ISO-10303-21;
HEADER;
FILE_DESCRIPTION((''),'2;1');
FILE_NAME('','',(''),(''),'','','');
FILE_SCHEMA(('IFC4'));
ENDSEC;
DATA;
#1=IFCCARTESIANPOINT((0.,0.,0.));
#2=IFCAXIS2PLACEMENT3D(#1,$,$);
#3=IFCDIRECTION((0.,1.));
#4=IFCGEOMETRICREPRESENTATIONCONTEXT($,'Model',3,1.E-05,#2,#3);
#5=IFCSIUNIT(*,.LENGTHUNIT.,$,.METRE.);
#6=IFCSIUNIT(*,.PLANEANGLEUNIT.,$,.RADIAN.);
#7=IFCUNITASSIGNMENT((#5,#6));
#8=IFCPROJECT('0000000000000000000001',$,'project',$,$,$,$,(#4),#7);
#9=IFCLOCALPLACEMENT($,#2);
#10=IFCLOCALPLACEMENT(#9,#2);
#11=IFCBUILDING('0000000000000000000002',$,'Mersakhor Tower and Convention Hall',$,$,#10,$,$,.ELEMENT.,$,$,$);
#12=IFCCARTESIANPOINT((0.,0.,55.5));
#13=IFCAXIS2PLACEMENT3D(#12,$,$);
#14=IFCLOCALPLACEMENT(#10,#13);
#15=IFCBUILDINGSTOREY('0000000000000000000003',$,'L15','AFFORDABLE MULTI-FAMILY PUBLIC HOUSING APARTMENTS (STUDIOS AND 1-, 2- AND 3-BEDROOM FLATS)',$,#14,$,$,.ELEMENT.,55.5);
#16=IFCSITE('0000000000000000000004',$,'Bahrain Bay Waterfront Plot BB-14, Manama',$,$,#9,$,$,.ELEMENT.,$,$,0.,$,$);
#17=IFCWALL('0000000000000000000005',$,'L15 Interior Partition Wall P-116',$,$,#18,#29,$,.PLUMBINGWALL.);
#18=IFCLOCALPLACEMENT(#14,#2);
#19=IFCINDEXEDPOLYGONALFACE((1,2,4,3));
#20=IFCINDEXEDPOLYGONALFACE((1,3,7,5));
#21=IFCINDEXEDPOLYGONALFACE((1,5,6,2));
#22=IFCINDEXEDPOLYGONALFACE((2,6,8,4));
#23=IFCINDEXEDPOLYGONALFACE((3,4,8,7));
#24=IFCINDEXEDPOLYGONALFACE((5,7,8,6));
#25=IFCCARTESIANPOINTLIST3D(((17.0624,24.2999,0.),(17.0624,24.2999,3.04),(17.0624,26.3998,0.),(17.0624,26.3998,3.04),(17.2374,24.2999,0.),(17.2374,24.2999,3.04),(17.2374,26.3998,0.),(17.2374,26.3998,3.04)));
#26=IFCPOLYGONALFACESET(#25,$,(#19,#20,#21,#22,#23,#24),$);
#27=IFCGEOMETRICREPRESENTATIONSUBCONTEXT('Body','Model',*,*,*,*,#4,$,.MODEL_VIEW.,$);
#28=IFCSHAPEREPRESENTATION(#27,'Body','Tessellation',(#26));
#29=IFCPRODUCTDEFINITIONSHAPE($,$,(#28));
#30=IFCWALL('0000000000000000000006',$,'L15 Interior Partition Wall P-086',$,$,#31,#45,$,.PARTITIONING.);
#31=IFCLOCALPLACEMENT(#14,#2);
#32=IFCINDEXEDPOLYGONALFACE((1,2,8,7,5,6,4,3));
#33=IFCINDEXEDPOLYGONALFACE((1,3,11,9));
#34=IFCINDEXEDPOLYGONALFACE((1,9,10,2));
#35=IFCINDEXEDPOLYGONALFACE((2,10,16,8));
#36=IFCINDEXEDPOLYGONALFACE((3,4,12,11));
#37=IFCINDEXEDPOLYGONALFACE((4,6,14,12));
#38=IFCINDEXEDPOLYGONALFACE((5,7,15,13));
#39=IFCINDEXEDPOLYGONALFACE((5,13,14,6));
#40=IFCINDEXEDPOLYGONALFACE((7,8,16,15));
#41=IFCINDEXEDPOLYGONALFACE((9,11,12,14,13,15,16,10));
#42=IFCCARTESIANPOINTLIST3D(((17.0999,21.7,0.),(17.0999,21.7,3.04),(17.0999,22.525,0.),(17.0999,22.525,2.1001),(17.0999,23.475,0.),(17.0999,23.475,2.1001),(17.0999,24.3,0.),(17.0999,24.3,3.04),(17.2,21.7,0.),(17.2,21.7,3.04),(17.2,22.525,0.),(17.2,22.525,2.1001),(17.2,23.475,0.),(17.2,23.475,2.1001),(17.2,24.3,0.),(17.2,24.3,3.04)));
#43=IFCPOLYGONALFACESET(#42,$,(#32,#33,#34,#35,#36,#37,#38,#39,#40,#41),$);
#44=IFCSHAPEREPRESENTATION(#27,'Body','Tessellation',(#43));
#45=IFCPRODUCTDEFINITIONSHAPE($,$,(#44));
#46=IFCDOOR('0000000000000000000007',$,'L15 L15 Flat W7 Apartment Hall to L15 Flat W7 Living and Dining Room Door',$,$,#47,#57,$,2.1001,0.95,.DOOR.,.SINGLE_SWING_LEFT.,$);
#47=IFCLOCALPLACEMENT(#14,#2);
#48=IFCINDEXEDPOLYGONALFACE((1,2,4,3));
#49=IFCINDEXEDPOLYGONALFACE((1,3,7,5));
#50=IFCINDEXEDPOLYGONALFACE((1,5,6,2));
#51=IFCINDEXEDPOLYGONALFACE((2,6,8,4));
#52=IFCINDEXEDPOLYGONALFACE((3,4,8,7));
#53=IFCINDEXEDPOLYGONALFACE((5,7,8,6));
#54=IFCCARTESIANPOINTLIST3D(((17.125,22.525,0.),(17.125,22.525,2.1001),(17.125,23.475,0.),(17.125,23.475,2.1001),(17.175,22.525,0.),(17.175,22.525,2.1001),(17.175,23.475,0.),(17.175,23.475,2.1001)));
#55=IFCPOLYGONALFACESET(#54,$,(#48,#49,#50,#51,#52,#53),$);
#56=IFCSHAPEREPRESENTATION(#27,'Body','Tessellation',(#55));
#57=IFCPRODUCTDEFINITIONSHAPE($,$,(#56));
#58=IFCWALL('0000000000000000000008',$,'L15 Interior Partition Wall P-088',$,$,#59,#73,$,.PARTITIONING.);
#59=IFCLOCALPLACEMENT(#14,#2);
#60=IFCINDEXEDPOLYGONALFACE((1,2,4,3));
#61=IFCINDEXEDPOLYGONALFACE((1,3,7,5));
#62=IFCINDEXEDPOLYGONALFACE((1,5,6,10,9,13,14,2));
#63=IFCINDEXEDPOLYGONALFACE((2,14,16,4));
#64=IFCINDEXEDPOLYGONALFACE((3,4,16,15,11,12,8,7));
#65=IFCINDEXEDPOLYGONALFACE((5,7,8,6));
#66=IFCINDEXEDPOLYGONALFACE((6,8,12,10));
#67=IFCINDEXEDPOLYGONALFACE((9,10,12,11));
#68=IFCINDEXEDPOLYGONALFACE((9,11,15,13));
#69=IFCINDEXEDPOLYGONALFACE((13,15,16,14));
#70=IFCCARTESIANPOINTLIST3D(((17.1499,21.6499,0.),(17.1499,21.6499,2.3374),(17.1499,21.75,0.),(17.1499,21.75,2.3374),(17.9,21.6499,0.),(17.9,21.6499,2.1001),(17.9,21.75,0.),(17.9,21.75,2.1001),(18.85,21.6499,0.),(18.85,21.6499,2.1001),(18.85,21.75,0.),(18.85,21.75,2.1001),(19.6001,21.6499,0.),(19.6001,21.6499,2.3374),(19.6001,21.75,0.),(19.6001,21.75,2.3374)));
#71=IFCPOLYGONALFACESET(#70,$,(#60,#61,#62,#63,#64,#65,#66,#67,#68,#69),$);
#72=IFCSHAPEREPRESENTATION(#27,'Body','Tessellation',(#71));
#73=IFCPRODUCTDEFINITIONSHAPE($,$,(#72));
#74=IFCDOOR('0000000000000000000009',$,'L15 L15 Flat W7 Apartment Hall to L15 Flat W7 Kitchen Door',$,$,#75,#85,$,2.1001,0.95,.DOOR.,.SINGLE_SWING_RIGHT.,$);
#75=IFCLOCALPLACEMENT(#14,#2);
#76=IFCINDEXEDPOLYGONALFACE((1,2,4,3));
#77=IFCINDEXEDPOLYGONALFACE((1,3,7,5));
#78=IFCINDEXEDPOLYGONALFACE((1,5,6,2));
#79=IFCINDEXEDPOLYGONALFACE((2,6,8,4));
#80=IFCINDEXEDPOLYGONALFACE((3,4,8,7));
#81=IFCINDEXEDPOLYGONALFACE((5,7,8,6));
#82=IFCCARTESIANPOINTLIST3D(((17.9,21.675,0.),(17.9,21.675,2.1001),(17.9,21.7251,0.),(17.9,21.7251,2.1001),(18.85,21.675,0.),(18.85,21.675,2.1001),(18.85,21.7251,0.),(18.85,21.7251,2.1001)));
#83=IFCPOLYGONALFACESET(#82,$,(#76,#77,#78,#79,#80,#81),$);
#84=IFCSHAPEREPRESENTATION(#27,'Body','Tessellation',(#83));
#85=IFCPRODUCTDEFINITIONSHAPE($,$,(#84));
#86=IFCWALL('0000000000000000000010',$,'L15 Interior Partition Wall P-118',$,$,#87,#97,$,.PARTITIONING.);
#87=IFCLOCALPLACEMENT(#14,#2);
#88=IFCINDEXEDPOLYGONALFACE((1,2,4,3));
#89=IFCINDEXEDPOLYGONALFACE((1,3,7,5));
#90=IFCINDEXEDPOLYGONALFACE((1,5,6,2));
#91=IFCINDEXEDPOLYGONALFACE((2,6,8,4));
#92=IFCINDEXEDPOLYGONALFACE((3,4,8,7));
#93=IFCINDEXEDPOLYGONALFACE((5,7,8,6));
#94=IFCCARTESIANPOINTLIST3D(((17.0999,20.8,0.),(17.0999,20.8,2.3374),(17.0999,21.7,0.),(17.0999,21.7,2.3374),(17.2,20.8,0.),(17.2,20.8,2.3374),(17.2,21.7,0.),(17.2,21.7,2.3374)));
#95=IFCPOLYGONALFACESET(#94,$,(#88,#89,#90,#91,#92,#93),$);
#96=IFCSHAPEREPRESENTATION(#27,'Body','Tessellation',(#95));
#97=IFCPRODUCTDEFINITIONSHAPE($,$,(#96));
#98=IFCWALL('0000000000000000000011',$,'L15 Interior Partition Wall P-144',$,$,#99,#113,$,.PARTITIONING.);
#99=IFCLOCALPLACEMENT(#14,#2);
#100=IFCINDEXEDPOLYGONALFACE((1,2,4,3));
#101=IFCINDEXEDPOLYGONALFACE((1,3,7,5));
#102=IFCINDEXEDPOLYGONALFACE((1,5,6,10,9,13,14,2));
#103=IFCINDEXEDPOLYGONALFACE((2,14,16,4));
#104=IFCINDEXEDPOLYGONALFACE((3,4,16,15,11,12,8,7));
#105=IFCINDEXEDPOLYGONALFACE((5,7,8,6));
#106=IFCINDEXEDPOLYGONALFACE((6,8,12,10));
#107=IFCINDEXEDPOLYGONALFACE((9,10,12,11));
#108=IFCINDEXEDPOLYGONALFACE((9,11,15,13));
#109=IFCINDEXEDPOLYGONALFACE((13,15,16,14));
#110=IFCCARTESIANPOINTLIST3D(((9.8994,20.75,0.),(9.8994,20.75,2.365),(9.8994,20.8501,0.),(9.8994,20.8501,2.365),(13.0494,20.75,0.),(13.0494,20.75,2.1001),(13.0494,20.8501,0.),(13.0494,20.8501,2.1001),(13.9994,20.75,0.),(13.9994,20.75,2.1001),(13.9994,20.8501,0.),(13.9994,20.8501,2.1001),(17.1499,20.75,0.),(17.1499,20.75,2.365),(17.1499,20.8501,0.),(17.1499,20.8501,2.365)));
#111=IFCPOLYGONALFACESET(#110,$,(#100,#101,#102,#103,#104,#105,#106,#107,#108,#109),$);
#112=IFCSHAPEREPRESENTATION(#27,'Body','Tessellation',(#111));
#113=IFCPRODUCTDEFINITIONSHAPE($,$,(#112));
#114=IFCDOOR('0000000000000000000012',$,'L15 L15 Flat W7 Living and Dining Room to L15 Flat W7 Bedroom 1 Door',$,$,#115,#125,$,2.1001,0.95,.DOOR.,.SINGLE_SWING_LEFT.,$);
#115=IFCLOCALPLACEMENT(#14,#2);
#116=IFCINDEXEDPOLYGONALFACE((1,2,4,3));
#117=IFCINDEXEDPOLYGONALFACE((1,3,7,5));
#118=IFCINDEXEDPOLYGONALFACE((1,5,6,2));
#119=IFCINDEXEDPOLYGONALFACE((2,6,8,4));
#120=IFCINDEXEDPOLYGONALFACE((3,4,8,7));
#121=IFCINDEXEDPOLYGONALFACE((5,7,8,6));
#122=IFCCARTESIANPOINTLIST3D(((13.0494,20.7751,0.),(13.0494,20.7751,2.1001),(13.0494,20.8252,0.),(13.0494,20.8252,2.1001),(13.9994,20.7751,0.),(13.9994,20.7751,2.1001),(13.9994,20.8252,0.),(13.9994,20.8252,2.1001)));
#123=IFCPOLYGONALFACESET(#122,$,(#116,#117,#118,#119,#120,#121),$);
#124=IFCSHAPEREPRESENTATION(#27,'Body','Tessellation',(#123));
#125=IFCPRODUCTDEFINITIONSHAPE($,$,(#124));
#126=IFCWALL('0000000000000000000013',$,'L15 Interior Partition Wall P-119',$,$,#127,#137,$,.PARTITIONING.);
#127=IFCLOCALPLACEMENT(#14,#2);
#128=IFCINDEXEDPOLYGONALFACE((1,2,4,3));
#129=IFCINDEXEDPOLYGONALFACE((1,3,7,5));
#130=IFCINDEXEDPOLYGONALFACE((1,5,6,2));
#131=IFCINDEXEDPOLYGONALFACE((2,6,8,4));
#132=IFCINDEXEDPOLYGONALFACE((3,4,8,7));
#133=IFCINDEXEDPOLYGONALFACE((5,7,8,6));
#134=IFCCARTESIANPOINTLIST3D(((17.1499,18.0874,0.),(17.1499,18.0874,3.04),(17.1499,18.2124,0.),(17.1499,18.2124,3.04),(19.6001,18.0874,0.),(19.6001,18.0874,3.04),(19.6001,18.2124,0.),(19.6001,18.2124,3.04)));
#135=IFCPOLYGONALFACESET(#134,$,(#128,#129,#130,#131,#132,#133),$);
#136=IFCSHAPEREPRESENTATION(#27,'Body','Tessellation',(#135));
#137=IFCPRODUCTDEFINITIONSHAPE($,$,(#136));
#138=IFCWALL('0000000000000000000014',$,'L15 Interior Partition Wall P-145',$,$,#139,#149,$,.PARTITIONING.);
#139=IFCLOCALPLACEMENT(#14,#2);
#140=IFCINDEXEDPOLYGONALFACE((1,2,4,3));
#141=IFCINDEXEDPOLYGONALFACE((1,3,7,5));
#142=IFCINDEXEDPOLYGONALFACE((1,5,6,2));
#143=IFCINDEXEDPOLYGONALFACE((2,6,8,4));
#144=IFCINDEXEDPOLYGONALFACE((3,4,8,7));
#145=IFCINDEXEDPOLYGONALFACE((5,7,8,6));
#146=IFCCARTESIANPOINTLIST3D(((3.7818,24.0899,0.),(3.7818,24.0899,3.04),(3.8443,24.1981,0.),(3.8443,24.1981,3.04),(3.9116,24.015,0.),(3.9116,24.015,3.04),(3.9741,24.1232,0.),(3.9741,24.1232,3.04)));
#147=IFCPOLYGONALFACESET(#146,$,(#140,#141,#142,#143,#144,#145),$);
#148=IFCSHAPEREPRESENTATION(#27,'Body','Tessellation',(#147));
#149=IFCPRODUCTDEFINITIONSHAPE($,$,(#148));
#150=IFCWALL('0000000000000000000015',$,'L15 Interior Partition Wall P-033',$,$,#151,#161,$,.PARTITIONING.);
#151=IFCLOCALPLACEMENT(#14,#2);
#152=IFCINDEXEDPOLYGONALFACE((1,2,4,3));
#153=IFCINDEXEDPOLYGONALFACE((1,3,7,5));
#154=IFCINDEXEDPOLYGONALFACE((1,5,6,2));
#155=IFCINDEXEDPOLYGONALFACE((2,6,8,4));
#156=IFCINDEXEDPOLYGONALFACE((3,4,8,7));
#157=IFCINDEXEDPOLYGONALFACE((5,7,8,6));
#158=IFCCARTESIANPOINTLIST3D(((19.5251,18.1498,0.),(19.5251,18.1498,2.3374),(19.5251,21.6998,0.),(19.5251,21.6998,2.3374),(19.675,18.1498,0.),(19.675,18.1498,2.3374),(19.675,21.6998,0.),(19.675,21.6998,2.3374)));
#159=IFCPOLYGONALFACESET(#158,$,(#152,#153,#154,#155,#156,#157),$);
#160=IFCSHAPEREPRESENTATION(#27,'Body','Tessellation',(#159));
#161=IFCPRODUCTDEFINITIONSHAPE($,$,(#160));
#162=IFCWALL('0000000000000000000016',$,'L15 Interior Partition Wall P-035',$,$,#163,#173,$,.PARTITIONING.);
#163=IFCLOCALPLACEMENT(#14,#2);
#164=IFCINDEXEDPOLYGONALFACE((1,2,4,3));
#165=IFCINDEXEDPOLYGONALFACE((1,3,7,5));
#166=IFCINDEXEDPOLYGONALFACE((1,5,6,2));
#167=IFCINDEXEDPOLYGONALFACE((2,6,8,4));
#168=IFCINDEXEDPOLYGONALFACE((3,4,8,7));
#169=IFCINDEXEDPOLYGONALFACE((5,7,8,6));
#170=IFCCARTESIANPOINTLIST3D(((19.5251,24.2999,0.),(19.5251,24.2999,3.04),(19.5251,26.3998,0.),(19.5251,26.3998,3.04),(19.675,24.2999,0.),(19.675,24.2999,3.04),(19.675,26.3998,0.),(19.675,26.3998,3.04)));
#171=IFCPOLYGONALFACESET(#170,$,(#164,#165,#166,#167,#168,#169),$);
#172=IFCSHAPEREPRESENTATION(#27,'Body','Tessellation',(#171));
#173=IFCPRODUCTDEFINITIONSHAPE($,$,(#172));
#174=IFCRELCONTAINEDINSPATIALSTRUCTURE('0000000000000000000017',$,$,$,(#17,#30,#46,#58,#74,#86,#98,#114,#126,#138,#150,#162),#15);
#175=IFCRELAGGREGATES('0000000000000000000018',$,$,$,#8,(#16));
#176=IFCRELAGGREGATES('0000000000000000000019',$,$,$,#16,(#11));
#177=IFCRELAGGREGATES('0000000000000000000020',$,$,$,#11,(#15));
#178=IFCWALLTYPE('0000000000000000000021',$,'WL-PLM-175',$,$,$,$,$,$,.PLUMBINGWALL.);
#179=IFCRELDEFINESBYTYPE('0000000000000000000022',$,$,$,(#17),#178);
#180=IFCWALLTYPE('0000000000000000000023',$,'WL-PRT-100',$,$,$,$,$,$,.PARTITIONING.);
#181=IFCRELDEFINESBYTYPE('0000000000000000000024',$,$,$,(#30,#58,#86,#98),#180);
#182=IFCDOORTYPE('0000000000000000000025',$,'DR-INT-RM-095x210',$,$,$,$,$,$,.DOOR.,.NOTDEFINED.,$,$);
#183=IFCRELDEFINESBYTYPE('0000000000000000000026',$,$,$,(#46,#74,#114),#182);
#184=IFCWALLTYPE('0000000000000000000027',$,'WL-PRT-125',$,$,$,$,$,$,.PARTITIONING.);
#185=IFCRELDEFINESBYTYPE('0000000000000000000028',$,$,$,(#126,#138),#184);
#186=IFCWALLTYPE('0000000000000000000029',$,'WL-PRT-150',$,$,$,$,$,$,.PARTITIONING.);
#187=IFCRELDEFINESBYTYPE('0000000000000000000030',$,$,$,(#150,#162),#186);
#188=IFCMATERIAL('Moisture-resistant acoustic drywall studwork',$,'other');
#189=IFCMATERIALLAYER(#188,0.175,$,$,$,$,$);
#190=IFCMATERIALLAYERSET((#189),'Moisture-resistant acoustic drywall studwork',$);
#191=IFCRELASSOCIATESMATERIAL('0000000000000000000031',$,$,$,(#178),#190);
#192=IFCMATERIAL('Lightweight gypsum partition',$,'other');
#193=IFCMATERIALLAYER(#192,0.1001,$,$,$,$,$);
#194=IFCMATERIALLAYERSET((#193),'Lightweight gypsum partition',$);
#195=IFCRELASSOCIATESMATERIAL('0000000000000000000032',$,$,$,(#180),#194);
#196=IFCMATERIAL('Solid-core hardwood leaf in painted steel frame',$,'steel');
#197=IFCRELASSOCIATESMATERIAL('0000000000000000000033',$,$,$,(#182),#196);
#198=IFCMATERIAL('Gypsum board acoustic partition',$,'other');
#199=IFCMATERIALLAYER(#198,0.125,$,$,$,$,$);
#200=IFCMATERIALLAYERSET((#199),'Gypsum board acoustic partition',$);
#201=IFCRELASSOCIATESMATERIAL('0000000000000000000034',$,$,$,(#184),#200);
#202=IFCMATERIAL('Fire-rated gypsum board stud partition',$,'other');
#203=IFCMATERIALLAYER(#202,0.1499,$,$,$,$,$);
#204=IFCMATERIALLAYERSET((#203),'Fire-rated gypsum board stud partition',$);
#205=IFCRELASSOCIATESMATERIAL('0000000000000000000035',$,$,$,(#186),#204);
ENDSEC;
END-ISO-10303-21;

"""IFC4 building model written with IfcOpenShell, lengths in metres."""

from ifc_helpers import new_model, si_unit, direction, frame, frame_2d, origin, place, context, subcontext, project, spatial, rectangle, extrude, material, layer, layer_set, type_object, element, fill, save


model = new_model("IFC4")

# Units and contexts
model_context = context("Model", 3, precision=1e-05, world=origin(), true_north=direction((0.0, 1.0)))
body_context = subcontext(model_context, "Body", "Model", "MODEL_VIEW")
ifc_project = project(units=[si_unit("LENGTHUNIT", "METRE"), si_unit("PLANEANGLEUNIT", "RADIAN")], contexts=[model_context])

# Site, building, storey
site_placement = place(None, origin())
site = spatial("IfcSite", under=ifc_project, at=site_placement, Name="Bahrain Bay Waterfront Plot BB-14, Manama", CompositionType="ELEMENT", RefElevation=0.0)
building_placement = place(site_placement, origin())
building = spatial("IfcBuilding", under=site, at=building_placement, Name="Mersakhor Tower and Convention Hall", CompositionType="ELEMENT")
storey_placement = place(building_placement, frame((0.0, 0.0, 55.5)))
storey = spatial("IfcBuildingStorey", under=building, at=storey_placement, Name="L15", Description="AFFORDABLE MULTI-FAMILY PUBLIC HOUSING APARTMENTS (STUDIOS AND 1-, 2- AND 3-BEDROOM FLATS)", CompositionType="ELEMENT", Elevation=55.5)

# Shared definitions
ifc_material_1 = material(Name="Moisture-resistant acoustic drywall studwork", Category="other")
ifc_layer_1 = layer(ifc_material_1, 0.175)
ifc_layer_set_1 = layer_set([ifc_layer_1], Name="Moisture-resistant acoustic drywall studwork")
wall_type_1 = type_object("IfcWallType", Name="WL-PLM-175", PredefinedType="PLUMBINGWALL", material=ifc_layer_set_1)

# Wall
wall_1_placement = place(storey_placement, frame((17.1499, 24.3, 0.0), z_axis=(0.0, 0.0, 1.0), x_axis=(0.0, 1.0, 0.0)))
element("IfcWall", 1, at=wall_1_placement, inside=storey, type_object=wall_type_1, Name="L15 Interior Partition Wall P-116", PredefinedType="PLUMBINGWALL", context=body_context, shape_type="SweptSolid", body=[
    extrude(rectangle(XDim=2.0999, YDim=0.175, at=frame_2d((1.0498, 0.0))), origin(), (0.0, 0.0, 1.0), 3.04),
])

# Walls, openings, doors
ifc_material_2 = material(Name="Lightweight gypsum partition", Category="other")
ifc_layer_2 = layer(ifc_material_2, 0.1001)
ifc_layer_set_2 = layer_set([ifc_layer_2], Name="Lightweight gypsum partition")
wall_type_2 = type_object("IfcWallType", Name="WL-PRT-100", PredefinedType="PARTITIONING", material=ifc_layer_set_2)
wall_2_placement = place(storey_placement, frame((17.1499, 21.7, 0.0), z_axis=(0.0, 0.0, 1.0), x_axis=(0.0, 1.0, 0.0)))
wall_2 = element("IfcWall", 2, at=wall_2_placement, inside=storey, type_object=wall_type_2, Name="L15 Interior Partition Wall P-086", PredefinedType="PARTITIONING", context=body_context, shape_type="SweptSolid", body=[
    extrude(rectangle(XDim=2.6001, YDim=0.1001, at=frame_2d((1.3, 0.0))), origin(), (0.0, 0.0, 1.0), 3.04),
])
opening_1_placement = place(wall_2_placement, frame((0.825, 0.0, 0.0)))
opening_1 = element("IfcOpeningElement", 3, at=opening_1_placement, cuts=wall_2, PredefinedType="OPENING", context=body_context, shape_type="SweptSolid", body=[
    extrude(rectangle(XDim=0.95, YDim=2.1001, at=frame_2d((0.4751, 1.05))), frame((0.0, 0.0601, 0.0), z_axis=(0.0, -1.0, 0.0), x_axis=(1.0, 0.0, 0.0)), (0.0, 0.0, 1.0), 0.1201),
])
ifc_material_3 = material(Name="Solid-core hardwood leaf in painted steel frame", Category="steel")
door_type_1 = type_object("IfcDoorType", Name="DR-INT-RM-095x210", OperationType="NOTDEFINED", PredefinedType="DOOR", material=ifc_material_3)
door_1_placement = place(opening_1_placement, origin())
door_1 = element("IfcDoor", 4, at=door_1_placement, inside=storey, type_object=door_type_1, Name="L15 L15 Flat W7 Apartment Hall to L15 Flat W7 Living and Dining Room Door", OperationType="SINGLE_SWING_LEFT", OverallHeight=2.1001, OverallWidth=0.95, PredefinedType="DOOR", context=body_context, shape_type="SweptSolid", body=[
    extrude(rectangle(XDim=0.95, YDim=2.1001, at=frame_2d((0.4751, 1.05))), frame((0.0, 0.0249, 0.0), z_axis=(0.0, -1.0, 0.0), x_axis=(1.0, 0.0, 0.0)), (0.0, 0.0, 1.0), 0.05),
])
fill(opening_1, door_1)
wall_3_placement = place(storey_placement, frame((19.6001, 21.7, 0.0), z_axis=(0.0, 0.0, 1.0), x_axis=(-1.0, 0.0, 0.0)))
wall_3 = element("IfcWall", 5, at=wall_3_placement, inside=storey, type_object=wall_type_2, Name="L15 Interior Partition Wall P-088", PredefinedType="PARTITIONING", context=body_context, shape_type="SweptSolid", body=[
    extrude(rectangle(XDim=2.4502, YDim=0.1001, at=frame_2d((1.2251, 0.0))), origin(), (0.0, 0.0, 1.0), 2.3374),
])
opening_2_placement = place(wall_3_placement, frame((0.75, 0.0, 0.0)))
opening_2 = element("IfcOpeningElement", 6, at=opening_2_placement, cuts=wall_3, PredefinedType="OPENING", context=body_context, shape_type="SweptSolid", body=[
    extrude(rectangle(XDim=0.95, YDim=2.1001, at=frame_2d((0.4751, 1.05))), frame((0.0, 0.0601, 0.0), z_axis=(0.0, -1.0, 0.0), x_axis=(1.0, 0.0, 0.0)), (0.0, 0.0, 1.0), 0.1201),
])
door_2_placement = place(opening_2_placement, origin())
door_2 = element("IfcDoor", 7, at=door_2_placement, inside=storey, type_object=door_type_1, Name="L15 L15 Flat W7 Apartment Hall to L15 Flat W7 Kitchen Door", OperationType="SINGLE_SWING_RIGHT", OverallHeight=2.1001, OverallWidth=0.95, PredefinedType="DOOR", context=body_context, shape_type="SweptSolid", body=[
    extrude(rectangle(XDim=0.95, YDim=2.1001, at=frame_2d((0.4751, 1.05))), frame((0.0, 0.0249, 0.0), z_axis=(0.0, -1.0, 0.0), x_axis=(1.0, 0.0, 0.0)), (0.0, 0.0, 1.0), 0.05),
])
fill(opening_2, door_2)

# Wall
wall_4_placement = place(storey_placement, frame((17.1499, 20.8, 0.0), z_axis=(0.0, 0.0, 1.0), x_axis=(0.0, 1.0, 0.0)))
element("IfcWall", 8, at=wall_4_placement, inside=storey, type_object=wall_type_2, Name="L15 Interior Partition Wall P-118", PredefinedType="PARTITIONING", context=body_context, shape_type="SweptSolid", body=[
    extrude(rectangle(XDim=0.8999, YDim=0.1001, at=frame_2d((0.45, 0.0))), origin(), (0.0, 0.0, 1.0), 2.3374),
])

# Wall, opening, door
wall_5_placement = place(storey_placement, frame((17.1499, 20.8, 0.0), z_axis=(0.0, 0.0, 1.0), x_axis=(-1.0, 0.0, 0.0)))
wall_5 = element("IfcWall", 9, at=wall_5_placement, inside=storey, type_object=wall_type_2, Name="L15 Interior Partition Wall P-144", PredefinedType="PARTITIONING", context=body_context, shape_type="SweptSolid", body=[
    extrude(rectangle(XDim=7.2505, YDim=0.1001, at=frame_2d((3.6252, 0.0))), origin(), (0.0, 0.0, 1.0), 2.365),
])
opening_3_placement = place(wall_5_placement, frame((3.1504, 0.0, 0.0)))
opening_3 = element("IfcOpeningElement", 10, at=opening_3_placement, cuts=wall_5, PredefinedType="OPENING", context=body_context, shape_type="SweptSolid", body=[
    extrude(rectangle(XDim=0.95, YDim=2.1001, at=frame_2d((0.4751, 1.05))), frame((0.0, 0.0601, 0.0), z_axis=(0.0, -1.0, 0.0), x_axis=(1.0, 0.0, 0.0)), (0.0, 0.0, 1.0), 0.1201),
])
door_3_placement = place(opening_3_placement, origin())
door_3 = element("IfcDoor", 11, at=door_3_placement, inside=storey, type_object=door_type_1, Name="L15 L15 Flat W7 Living and Dining Room to L15 Flat W7 Bedroom 1 Door", OperationType="SINGLE_SWING_LEFT", OverallHeight=2.1001, OverallWidth=0.95, PredefinedType="DOOR", context=body_context, shape_type="SweptSolid", body=[
    extrude(rectangle(XDim=0.95, YDim=2.1001, at=frame_2d((0.4751, 1.05))), frame((0.0, 0.0249, 0.0), z_axis=(0.0, -1.0, 0.0), x_axis=(1.0, 0.0, 0.0)), (0.0, 0.0, 1.0), 0.05),
])
fill(opening_3, door_3)

# Walls
ifc_material_4 = material(Name="Gypsum board acoustic partition", Category="other")
ifc_layer_3 = layer(ifc_material_4, 0.125)
ifc_layer_set_3 = layer_set([ifc_layer_3], Name="Gypsum board acoustic partition")
wall_type_3 = type_object("IfcWallType", Name="WL-PRT-125", PredefinedType="PARTITIONING", material=ifc_layer_set_3)
wall_6_placement = place(storey_placement, frame((19.6001, 18.1499, 0.0), z_axis=(0.0, 0.0, 1.0), x_axis=(-1.0, 0.0, 0.0)))
element("IfcWall", 12, at=wall_6_placement, inside=storey, type_object=wall_type_3, Name="L15 Interior Partition Wall P-119", PredefinedType="PARTITIONING", context=body_context, shape_type="SweptSolid", body=[
    extrude(rectangle(XDim=2.4502, YDim=0.125, at=frame_2d((1.2251, 0.0))), origin(), (0.0, 0.0, 1.0), 3.04),
])
wall_7_placement = place(storey_placement, frame((3.9429, 24.0691, 0.0), z_axis=(0.0, 0.0, 1.0), x_axis=(-0.866131, 0.499816, 0.0)))
element("IfcWall", 13, at=wall_7_placement, inside=storey, type_object=wall_type_3, Name="L15 Interior Partition Wall P-145", PredefinedType="PARTITIONING", context=body_context, shape_type="SweptSolid", body=[
    extrude(rectangle(XDim=0.1499, YDim=0.125, at=frame_2d((0.075, 0.0))), origin(), (0.0, 0.0, 1.0), 3.04),
])
ifc_material_5 = material(Name="Fire-rated gypsum board stud partition", Category="other")
ifc_layer_4 = layer(ifc_material_5, 0.1499)
ifc_layer_set_4 = layer_set([ifc_layer_4], Name="Fire-rated gypsum board stud partition")
wall_type_4 = type_object("IfcWallType", Name="WL-PRT-150", PredefinedType="PARTITIONING", material=ifc_layer_set_4)
wall_8_placement = place(storey_placement, frame((19.6001, 18.1499, 0.0), z_axis=(0.0, 0.0, 1.0), x_axis=(0.0, 1.0, 0.0)))
element("IfcWall", 14, at=wall_8_placement, inside=storey, type_object=wall_type_4, Name="L15 Interior Partition Wall P-033", PredefinedType="PARTITIONING", context=body_context, shape_type="SweptSolid", body=[
    extrude(rectangle(XDim=3.55, YDim=0.1499, at=frame_2d((1.7749, 0.0))), origin(), (0.0, 0.0, 1.0), 2.3374),
])

# Wall
wall_9_placement = place(storey_placement, frame((19.6001, 24.3, 0.0), z_axis=(0.0, 0.0, 1.0), x_axis=(0.0, 1.0, 0.0)))
element("IfcWall", 15, at=wall_9_placement, inside=storey, type_object=wall_type_4, Name="L15 Interior Partition Wall P-035", PredefinedType="PARTITIONING", context=body_context, shape_type="SweptSolid", body=[
    extrude(rectangle(XDim=2.0999, YDim=0.1499, at=frame_2d((1.0498, 0.0))), origin(), (0.0, 0.0, 1.0), 3.04),
])

save(model, "model.ifc")
